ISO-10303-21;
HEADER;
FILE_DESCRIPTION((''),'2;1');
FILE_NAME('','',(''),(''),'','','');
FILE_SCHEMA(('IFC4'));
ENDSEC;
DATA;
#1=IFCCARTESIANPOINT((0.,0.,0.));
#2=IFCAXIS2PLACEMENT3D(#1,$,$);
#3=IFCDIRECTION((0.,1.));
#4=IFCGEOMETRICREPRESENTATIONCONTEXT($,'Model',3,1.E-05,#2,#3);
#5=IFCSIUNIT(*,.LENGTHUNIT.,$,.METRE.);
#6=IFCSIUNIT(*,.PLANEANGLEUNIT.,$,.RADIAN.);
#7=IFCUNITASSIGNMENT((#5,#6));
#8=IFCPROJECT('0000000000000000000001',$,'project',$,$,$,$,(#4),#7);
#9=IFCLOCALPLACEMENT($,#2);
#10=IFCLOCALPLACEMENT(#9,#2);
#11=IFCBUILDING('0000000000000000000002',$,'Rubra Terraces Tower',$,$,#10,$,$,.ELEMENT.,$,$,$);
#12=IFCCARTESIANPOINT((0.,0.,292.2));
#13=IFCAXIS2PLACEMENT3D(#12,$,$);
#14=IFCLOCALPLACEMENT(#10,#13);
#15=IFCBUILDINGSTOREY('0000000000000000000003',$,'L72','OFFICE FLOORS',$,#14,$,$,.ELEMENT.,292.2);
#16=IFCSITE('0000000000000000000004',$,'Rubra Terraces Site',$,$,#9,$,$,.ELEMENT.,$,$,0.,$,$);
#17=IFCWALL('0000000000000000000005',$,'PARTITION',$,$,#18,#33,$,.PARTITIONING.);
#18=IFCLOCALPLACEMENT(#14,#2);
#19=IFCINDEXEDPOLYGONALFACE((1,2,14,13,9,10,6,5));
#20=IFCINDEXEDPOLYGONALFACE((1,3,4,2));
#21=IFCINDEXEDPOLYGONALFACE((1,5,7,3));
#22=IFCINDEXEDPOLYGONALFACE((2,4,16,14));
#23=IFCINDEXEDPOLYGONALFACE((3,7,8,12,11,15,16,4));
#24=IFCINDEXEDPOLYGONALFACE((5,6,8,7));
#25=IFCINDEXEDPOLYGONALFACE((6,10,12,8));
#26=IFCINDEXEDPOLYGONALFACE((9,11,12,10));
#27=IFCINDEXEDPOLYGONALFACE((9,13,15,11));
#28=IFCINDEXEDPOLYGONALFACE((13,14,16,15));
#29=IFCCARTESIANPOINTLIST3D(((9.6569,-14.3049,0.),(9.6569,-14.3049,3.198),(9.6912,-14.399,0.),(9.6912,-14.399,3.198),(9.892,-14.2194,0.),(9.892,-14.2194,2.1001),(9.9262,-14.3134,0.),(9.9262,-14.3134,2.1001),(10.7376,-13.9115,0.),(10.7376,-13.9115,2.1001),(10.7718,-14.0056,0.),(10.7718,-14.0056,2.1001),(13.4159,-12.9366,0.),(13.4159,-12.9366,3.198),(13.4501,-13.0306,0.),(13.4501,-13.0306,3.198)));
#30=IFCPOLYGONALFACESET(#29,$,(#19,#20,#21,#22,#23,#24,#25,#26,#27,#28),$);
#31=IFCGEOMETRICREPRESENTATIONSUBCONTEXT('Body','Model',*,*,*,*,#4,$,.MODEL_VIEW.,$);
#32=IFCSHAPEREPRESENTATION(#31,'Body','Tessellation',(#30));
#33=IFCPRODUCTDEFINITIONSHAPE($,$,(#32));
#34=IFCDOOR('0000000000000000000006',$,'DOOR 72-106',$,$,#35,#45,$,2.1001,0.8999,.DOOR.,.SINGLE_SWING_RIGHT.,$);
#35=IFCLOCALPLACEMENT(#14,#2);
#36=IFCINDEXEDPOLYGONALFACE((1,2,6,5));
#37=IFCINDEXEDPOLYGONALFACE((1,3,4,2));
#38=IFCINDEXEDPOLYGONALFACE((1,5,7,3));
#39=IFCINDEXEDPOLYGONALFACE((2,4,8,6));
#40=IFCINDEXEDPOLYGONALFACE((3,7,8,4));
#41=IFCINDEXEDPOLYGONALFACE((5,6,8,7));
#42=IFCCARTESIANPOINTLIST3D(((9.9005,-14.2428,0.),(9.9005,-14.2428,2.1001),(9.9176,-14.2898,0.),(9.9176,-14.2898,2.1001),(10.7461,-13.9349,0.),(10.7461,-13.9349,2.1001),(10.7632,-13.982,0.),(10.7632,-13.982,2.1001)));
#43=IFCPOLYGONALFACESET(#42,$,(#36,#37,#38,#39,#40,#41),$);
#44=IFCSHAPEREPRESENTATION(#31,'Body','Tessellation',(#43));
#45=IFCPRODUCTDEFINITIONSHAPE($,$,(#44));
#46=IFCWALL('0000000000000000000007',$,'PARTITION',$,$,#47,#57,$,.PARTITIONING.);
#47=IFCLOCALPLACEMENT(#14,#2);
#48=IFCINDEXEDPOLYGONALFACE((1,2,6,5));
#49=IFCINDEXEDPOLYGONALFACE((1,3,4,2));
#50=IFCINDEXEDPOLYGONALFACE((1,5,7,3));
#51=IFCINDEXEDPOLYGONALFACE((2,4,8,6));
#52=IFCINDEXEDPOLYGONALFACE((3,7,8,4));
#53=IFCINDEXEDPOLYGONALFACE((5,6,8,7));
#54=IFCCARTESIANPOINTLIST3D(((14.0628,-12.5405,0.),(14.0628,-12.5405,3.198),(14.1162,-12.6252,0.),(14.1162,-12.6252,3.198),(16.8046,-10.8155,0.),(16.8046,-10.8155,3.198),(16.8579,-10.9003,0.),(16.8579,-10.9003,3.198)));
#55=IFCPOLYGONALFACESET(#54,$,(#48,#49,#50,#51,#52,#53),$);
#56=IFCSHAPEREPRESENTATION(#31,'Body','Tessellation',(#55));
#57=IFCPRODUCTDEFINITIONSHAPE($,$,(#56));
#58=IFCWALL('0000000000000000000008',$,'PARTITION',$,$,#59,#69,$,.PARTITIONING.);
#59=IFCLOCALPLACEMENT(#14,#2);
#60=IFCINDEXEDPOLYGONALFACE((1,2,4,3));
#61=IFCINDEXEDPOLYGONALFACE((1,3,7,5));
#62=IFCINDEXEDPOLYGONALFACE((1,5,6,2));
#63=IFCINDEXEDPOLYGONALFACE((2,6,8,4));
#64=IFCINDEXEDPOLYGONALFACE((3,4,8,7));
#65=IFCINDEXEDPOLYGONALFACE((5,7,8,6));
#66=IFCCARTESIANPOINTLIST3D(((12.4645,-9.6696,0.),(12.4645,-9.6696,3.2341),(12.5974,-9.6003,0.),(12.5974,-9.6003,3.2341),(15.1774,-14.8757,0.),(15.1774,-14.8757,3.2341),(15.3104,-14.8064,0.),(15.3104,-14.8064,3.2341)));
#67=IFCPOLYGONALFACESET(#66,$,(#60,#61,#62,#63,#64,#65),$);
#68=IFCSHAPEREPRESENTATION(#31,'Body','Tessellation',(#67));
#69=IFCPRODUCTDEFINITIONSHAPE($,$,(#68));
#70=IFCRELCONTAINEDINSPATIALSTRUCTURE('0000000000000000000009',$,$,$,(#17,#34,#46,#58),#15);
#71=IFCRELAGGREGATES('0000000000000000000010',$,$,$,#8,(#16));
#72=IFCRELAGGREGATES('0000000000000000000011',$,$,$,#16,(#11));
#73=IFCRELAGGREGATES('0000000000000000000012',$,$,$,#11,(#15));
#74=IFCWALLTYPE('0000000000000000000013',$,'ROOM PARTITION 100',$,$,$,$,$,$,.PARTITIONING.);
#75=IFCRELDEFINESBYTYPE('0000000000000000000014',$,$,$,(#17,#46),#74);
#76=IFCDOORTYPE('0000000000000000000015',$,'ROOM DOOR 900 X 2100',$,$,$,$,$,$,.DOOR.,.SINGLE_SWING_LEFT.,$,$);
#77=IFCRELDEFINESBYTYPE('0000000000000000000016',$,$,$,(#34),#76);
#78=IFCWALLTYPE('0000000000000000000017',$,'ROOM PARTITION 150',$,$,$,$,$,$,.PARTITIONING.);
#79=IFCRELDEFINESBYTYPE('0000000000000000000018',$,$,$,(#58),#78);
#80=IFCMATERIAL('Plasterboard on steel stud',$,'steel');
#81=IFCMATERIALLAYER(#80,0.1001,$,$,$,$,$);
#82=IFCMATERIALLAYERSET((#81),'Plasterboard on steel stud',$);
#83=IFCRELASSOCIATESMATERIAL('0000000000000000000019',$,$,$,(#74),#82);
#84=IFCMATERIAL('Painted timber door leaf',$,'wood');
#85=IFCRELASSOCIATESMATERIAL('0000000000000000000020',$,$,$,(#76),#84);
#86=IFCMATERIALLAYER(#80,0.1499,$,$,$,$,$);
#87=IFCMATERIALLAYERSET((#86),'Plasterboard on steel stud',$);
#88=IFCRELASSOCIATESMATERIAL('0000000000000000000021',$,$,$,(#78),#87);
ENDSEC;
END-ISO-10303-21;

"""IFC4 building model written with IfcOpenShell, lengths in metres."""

from ifc_helpers import new_model, si_unit, direction, frame, frame_2d, origin, place, context, subcontext, project, spatial, rectangle, extrude, material, layer, layer_set, type_object, element, fill, save


model = new_model("IFC4")

# Units and contexts
model_context = context("Model", 3, precision=1e-05, world=origin(), true_north=direction((0.0, 1.0)))
body_context = subcontext(model_context, "Body", "Model", "MODEL_VIEW")
ifc_project = project(units=[si_unit("LENGTHUNIT", "METRE"), si_unit("PLANEANGLEUNIT", "RADIAN")], contexts=[model_context])

# Site, building, storey
site_placement = place(None, origin())
site = spatial("IfcSite", under=ifc_project, at=site_placement, Name="Rubra Terraces Site", CompositionType="ELEMENT", RefElevation=0.0)
building_placement = place(site_placement, origin())
building = spatial("IfcBuilding", under=site, at=building_placement, Name="Rubra Terraces Tower", CompositionType="ELEMENT")
storey_placement = place(building_placement, frame((0.0, 0.0, 292.2)))
storey = spatial("IfcBuildingStorey", under=building, at=storey_placement, Name="L72", Description="OFFICE FLOORS", CompositionType="ELEMENT", Elevation=292.2)

# Shared definitions
ifc_material_1 = material(Name="Plasterboard on steel stud", Category="steel")
ifc_layer_1 = layer(ifc_material_1, 0.1001)
ifc_layer_set_1 = layer_set([ifc_layer_1], Name="Plasterboard on steel stud")
wall_type_1 = type_object("IfcWallType", Name="ROOM PARTITION 100", PredefinedType="PARTITIONING", material=ifc_layer_set_1)

# Wall, opening, door
wall_1_placement = place(storey_placement, frame((13.4329, -12.9836, 0.0), z_axis=(0.0, 0.0, 1.0), x_axis=(-0.939674, -0.342071, 0.0)))
wall_1 = element("IfcWall", 1, at=wall_1_placement, inside=storey, type_object=wall_type_1, Name="PARTITION", PredefinedType="PARTITIONING", context=body_context, shape_type="SweptSolid", body=[
    extrude(rectangle(XDim=4.0002, YDim=0.1001, at=frame_2d((2.0, 0.0))), origin(), (0.0, 0.0, 1.0), 3.198),
])
opening_1_placement = place(wall_1_placement, frame((2.8501, 0.0, 0.0)))
opening_1 = element("IfcOpeningElement", 2, at=opening_1_placement, cuts=wall_1, PredefinedType="OPENING", context=body_context, shape_type="SweptSolid", body=[
    extrude(rectangle(XDim=0.8999, YDim=2.1001, at=frame_2d((0.45, 1.05))), frame((0.0, 0.0601, 0.0), z_axis=(0.0, -1.0, 0.0), x_axis=(1.0, 0.0, 0.0)), (0.0, 0.0, 1.0), 0.1201),
])
ifc_material_2 = material(Name="Painted timber door leaf", Category="wood")
door_type = type_object("IfcDoorType", Name="ROOM DOOR 900 X 2100", OperationType="SINGLE_SWING_LEFT", PredefinedType="DOOR", material=ifc_material_2)
door_placement = place(opening_1_placement, origin())
door = element("IfcDoor", 3, at=door_placement, inside=storey, type_object=door_type, Name="DOOR 72-106", OperationType="SINGLE_SWING_RIGHT", OverallHeight=2.1001, OverallWidth=0.8999, PredefinedType="DOOR", context=body_context, shape_type="SweptSolid", body=[
    extrude(rectangle(XDim=0.8999, YDim=2.1001, at=frame_2d((0.45, 1.05))), frame((0.0, 0.0249, 0.0), z_axis=(0.0, -1.0, 0.0), x_axis=(1.0, 0.0, 0.0)), (0.0, 0.0, 1.0), 0.05),
])
fill(opening_1, door)

# Walls
wall_2_placement = place(storey_placement, frame((16.8313, -10.8579, 0.0), z_axis=(0.0, 0.0, 1.0), x_axis=(-0.846428, -0.532503, 0.0)))
element("IfcWall", 4, at=wall_2_placement, inside=storey, type_object=wall_type_1, Name="PARTITION", PredefinedType="PARTITIONING", context=body_context, shape_type="SweptSolid", body=[
    extrude(rectangle(XDim=3.2393, YDim=0.1001, at=frame_2d((1.6196, 0.0))), origin(), (0.0, 0.0, 1.0), 3.198),
])
ifc_layer_2 = layer(ifc_material_1, 0.1499)
ifc_layer_set_2 = layer_set([ifc_layer_2], Name="Plasterboard on steel stud")
wall_type_2 = type_object("IfcWallType", Name="ROOM PARTITION 150", PredefinedType="PARTITIONING", material=ifc_layer_set_2)
wall_3_placement = place(storey_placement, frame((15.2439, -14.8411, 0.0), z_axis=(0.0, 0.0, 1.0), x_axis=(-0.462123, 0.886816, 0.0)))
element("IfcWall", 5, at=wall_3_placement, inside=storey, type_object=wall_type_2, Name="PARTITION", PredefinedType="PARTITIONING", context=body_context, shape_type="SweptSolid", body=[
    extrude(rectangle(XDim=5.8706, YDim=0.1499, at=frame_2d((2.9353, 0.0))), origin(), (0.0, 0.0, 1.0), 3.2341),
])

save(model, "model.ifc")
